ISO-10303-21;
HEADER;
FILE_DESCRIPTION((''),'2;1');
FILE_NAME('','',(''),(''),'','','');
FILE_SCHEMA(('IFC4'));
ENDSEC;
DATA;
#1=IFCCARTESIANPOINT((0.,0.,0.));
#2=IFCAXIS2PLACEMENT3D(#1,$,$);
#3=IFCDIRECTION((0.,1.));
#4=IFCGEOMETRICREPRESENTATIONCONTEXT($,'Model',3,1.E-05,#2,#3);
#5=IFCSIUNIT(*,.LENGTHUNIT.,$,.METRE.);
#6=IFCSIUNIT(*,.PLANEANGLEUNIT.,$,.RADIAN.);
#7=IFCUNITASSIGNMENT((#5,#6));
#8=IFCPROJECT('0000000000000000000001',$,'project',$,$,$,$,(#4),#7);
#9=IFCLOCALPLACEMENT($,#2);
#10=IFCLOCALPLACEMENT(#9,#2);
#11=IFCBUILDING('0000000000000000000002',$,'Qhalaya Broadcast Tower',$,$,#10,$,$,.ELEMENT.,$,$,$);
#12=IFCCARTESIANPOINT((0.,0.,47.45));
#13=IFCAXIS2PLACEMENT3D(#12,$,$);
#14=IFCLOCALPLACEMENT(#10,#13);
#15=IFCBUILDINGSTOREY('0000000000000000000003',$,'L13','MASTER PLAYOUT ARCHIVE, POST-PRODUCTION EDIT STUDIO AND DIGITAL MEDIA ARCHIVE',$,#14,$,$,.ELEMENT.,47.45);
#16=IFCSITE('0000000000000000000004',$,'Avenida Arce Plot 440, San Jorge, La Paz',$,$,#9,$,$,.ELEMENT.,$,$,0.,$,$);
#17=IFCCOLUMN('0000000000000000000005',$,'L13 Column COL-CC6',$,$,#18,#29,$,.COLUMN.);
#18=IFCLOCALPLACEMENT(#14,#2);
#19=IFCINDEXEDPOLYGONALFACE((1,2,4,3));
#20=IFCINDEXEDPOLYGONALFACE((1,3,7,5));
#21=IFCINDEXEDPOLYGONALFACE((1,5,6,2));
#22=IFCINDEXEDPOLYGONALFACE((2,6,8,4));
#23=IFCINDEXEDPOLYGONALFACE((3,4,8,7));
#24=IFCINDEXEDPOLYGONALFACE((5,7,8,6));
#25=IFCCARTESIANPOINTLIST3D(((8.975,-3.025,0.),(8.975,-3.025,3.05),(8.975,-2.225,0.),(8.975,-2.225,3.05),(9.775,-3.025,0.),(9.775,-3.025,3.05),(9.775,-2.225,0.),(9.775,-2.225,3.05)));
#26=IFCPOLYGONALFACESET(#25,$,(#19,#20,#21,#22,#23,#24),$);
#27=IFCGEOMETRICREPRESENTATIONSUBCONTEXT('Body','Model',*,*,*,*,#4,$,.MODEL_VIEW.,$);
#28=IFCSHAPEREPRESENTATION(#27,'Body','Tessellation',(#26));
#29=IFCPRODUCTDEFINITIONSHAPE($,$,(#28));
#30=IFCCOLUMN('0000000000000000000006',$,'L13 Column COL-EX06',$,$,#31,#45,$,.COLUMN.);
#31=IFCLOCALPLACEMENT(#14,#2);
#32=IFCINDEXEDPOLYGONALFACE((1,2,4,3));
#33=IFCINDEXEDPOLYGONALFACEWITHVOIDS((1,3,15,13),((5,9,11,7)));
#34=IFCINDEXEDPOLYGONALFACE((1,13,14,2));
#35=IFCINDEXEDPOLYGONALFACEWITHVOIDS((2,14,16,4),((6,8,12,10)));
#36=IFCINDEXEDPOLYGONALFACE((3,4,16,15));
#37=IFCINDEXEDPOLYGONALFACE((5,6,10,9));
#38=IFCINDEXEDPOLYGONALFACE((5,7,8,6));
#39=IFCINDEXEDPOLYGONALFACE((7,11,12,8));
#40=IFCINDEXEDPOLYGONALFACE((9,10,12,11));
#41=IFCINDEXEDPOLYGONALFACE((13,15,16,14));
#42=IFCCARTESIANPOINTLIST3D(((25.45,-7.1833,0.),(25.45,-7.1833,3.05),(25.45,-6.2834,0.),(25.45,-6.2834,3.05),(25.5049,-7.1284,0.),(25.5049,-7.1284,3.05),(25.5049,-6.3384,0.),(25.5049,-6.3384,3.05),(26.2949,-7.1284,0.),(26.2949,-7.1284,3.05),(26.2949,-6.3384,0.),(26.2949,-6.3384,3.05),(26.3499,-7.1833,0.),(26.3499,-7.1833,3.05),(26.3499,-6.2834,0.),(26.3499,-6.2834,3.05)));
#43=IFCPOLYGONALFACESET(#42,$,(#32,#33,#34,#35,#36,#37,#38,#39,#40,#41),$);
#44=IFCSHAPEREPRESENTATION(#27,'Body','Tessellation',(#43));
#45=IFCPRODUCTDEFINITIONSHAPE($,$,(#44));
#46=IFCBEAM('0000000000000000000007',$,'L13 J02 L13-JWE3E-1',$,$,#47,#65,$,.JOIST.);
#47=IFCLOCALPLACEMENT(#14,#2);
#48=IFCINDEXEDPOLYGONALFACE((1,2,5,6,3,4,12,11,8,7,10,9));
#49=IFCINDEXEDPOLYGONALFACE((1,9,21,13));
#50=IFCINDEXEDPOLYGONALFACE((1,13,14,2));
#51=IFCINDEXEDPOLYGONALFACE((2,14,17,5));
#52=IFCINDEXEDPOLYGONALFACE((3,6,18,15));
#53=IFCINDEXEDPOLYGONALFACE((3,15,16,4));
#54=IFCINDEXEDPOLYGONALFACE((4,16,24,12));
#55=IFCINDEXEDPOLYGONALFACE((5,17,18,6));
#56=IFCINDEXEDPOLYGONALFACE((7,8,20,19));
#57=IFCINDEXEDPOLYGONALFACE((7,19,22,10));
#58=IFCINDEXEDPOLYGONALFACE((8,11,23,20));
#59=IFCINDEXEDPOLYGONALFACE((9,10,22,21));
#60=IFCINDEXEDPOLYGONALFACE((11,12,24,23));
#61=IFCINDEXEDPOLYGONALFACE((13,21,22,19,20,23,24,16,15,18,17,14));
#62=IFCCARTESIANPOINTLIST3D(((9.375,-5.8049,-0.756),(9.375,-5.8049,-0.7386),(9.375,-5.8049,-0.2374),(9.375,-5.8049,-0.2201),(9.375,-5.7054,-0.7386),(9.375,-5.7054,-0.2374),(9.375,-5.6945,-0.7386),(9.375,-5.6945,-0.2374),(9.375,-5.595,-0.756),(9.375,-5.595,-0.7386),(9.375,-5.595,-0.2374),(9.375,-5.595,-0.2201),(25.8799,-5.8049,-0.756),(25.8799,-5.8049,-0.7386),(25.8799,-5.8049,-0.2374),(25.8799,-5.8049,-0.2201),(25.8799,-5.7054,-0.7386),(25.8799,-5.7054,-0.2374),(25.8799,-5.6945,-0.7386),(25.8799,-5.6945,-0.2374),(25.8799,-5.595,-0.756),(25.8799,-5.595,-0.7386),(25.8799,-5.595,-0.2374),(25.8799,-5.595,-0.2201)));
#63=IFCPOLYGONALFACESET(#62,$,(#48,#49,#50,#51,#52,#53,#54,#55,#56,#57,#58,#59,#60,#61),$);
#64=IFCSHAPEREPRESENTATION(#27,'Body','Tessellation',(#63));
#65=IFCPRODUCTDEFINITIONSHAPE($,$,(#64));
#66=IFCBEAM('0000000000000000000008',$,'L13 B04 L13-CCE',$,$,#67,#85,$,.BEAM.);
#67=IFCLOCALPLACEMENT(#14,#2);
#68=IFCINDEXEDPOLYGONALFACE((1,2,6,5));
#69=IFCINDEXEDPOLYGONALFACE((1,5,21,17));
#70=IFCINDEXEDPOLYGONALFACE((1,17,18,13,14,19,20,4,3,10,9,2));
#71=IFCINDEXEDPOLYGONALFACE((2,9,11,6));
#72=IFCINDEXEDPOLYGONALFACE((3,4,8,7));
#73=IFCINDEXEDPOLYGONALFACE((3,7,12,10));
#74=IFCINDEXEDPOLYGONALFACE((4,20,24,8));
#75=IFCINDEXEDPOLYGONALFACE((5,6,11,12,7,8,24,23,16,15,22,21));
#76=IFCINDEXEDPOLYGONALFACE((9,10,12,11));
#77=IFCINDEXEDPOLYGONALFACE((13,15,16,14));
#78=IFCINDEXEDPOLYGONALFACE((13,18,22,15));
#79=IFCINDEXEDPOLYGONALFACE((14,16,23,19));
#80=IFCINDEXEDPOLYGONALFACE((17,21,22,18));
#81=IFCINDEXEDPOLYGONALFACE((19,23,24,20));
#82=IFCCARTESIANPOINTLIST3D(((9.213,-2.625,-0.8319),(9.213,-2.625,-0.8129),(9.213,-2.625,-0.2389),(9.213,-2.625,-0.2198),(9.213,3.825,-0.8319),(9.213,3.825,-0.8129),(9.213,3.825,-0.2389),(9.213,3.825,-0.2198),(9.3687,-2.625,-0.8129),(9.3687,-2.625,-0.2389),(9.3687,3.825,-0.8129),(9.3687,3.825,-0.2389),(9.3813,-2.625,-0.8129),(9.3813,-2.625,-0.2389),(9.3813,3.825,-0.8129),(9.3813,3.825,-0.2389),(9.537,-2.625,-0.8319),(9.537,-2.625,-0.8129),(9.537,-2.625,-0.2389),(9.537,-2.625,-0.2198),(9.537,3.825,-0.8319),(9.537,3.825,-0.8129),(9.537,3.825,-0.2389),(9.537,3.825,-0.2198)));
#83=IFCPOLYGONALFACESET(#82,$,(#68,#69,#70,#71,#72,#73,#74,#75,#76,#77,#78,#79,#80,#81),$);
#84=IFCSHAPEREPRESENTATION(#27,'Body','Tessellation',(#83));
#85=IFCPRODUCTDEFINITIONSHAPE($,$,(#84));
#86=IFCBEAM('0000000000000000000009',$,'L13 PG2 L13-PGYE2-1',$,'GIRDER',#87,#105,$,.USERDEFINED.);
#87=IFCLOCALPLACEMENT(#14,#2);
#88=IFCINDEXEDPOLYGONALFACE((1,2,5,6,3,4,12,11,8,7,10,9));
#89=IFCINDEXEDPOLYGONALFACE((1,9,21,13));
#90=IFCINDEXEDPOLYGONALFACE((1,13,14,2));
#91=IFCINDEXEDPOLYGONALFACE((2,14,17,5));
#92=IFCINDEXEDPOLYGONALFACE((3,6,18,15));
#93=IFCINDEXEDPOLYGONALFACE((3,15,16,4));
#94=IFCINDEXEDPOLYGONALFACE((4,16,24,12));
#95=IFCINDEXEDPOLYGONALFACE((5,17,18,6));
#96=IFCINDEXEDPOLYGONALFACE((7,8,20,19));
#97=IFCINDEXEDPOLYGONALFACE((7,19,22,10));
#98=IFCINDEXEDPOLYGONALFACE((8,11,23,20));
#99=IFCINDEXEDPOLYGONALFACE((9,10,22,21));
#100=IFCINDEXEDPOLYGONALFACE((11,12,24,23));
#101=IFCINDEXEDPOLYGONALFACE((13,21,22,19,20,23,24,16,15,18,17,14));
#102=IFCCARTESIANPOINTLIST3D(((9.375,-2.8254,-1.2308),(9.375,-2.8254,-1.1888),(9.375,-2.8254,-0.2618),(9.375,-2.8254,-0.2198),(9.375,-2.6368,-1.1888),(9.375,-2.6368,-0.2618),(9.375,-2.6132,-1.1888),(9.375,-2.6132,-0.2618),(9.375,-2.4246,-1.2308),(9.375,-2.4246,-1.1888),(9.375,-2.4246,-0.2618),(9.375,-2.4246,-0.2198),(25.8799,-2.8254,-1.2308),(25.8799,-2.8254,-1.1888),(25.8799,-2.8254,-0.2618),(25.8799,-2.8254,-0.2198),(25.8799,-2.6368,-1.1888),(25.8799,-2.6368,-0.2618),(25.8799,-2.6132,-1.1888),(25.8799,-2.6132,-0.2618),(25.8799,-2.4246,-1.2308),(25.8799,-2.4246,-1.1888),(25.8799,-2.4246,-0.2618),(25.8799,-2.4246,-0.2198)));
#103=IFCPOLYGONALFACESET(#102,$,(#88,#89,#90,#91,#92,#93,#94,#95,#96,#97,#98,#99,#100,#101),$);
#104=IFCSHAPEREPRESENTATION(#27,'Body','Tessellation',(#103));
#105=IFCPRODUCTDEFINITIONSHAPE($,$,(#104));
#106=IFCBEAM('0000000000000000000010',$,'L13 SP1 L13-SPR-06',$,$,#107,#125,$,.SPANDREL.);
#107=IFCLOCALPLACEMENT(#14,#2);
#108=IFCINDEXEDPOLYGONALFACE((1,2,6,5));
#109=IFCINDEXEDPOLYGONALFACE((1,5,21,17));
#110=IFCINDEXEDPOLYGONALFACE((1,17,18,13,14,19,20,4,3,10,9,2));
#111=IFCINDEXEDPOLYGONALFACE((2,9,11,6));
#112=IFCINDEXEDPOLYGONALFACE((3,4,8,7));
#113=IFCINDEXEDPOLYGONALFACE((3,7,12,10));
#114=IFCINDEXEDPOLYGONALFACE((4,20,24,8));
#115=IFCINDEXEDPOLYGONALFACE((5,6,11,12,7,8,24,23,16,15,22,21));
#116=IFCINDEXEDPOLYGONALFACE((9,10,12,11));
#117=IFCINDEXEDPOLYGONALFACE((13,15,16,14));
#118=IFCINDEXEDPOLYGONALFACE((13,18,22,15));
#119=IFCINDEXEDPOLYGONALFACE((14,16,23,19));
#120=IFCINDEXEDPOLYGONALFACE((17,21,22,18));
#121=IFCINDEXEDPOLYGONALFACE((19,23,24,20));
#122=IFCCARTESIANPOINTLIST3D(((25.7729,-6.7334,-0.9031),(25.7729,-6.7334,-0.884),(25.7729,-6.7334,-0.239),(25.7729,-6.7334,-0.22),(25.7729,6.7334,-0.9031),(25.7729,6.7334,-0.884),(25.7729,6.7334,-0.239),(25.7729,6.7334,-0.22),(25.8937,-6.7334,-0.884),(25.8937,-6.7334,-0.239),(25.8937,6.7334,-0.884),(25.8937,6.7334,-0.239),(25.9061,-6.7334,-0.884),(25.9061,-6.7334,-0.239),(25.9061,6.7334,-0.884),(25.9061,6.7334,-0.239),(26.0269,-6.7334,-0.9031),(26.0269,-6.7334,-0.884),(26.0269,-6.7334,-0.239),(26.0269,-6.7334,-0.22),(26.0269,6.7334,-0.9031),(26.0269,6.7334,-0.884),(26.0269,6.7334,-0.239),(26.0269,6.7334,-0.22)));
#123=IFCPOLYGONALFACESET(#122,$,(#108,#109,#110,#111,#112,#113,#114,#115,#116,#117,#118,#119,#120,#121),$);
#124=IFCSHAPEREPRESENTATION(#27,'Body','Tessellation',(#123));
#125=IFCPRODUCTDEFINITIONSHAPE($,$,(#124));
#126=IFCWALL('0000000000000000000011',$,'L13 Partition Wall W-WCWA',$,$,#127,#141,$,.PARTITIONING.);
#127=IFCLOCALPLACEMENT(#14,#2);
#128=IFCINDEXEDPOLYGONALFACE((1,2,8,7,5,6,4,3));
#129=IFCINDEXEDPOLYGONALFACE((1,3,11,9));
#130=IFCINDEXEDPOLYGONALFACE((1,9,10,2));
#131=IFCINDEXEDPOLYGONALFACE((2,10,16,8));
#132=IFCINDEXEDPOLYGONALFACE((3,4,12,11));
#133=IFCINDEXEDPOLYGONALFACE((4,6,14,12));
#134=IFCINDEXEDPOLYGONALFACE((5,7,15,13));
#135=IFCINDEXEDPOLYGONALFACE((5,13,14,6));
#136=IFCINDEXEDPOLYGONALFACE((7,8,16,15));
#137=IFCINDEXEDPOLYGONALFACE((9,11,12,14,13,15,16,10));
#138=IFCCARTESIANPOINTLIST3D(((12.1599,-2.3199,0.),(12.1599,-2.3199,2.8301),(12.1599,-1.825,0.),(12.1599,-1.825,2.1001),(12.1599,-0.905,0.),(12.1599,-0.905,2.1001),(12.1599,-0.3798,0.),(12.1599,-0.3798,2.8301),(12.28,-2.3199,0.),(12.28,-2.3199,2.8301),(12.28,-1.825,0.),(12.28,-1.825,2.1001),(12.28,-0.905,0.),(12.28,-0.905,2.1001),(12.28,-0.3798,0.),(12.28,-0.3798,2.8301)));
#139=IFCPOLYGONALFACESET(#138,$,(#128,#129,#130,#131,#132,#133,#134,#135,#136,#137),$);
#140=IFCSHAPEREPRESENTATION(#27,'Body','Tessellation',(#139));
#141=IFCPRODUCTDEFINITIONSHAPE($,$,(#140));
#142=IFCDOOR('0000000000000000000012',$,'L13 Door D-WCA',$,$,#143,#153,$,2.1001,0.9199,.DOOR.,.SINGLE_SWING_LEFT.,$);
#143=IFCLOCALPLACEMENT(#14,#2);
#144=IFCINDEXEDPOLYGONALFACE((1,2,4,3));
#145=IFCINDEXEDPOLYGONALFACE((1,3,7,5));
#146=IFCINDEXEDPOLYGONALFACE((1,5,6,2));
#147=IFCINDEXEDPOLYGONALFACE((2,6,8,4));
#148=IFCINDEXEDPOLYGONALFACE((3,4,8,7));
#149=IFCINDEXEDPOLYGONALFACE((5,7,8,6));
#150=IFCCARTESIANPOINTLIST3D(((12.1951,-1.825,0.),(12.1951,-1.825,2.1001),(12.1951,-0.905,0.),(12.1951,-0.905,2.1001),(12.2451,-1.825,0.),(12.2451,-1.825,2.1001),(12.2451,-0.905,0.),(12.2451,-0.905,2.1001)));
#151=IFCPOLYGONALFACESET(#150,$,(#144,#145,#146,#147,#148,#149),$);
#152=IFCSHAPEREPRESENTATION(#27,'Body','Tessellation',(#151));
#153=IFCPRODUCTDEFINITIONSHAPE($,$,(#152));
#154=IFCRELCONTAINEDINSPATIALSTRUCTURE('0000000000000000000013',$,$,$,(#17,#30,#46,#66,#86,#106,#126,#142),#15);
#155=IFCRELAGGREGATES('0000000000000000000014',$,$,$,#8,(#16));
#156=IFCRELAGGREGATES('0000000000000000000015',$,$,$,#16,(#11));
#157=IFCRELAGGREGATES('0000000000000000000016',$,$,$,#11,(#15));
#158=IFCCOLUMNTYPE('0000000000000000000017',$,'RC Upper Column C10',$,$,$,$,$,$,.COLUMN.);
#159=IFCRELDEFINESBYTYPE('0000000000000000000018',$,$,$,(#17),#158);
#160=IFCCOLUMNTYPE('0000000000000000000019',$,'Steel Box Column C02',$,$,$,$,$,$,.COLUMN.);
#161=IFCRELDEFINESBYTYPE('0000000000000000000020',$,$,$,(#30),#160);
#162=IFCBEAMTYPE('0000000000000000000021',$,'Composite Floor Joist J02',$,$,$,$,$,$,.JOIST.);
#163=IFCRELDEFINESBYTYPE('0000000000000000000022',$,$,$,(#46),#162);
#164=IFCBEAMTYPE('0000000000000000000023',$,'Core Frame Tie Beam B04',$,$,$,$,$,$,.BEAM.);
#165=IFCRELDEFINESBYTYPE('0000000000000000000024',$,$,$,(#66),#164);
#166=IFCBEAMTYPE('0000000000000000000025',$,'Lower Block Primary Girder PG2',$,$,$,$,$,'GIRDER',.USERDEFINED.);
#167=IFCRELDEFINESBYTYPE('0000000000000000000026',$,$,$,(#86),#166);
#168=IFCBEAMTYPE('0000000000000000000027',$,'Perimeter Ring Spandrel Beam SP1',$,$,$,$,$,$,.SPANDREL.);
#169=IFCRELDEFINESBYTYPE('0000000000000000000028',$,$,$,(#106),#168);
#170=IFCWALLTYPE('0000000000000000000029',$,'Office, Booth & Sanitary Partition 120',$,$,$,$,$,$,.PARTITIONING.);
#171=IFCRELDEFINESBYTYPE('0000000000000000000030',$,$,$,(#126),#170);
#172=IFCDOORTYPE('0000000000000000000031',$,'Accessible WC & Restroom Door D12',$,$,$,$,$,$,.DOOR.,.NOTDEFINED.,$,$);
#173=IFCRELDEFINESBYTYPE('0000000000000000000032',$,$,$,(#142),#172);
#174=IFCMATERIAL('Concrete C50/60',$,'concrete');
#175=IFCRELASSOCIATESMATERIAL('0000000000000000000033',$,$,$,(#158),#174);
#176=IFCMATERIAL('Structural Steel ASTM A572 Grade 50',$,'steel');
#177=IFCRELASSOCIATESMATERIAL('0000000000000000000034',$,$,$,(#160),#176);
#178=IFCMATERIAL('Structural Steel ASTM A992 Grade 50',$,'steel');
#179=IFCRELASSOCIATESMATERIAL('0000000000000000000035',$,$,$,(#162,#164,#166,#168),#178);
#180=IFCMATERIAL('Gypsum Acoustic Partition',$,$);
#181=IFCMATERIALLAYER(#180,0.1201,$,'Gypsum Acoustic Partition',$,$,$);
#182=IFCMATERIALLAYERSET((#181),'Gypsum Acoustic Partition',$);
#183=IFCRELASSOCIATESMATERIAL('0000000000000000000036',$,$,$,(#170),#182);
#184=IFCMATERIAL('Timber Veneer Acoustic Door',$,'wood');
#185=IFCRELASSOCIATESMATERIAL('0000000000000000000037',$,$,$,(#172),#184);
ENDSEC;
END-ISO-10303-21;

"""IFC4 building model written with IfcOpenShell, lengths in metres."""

from ifc_helpers import new_model, si_unit, direction, frame, frame_2d, origin, origin_2d, place, context, subcontext, project, spatial, rectangle, hollow_rectangle, i_section, extrude, material, layer, layer_set, material_profile, profile_set, type_object, element, fill, save


model = new_model("IFC4")

# Units and contexts
model_context = context("Model", 3, precision=1e-05, world=origin(), true_north=direction((0.0, 1.0)))
body_context = subcontext(model_context, "Body", "Model", "MODEL_VIEW")
ifc_project = project(units=[si_unit("LENGTHUNIT", "METRE"), si_unit("PLANEANGLEUNIT", "RADIAN")], contexts=[model_context])

# Site, building, storey
site_placement = place(None, origin())
site = spatial("IfcSite", under=ifc_project, at=site_placement, Name="Avenida Arce Plot 440, San Jorge, La Paz", CompositionType="ELEMENT", RefElevation=0.0)
building_placement = place(site_placement, origin())
building = spatial("IfcBuilding", under=site, at=building_placement, Name="Qhalaya Broadcast Tower", CompositionType="ELEMENT")
storey_placement = place(building_placement, frame((0.0, 0.0, 47.45)))
storey = spatial("IfcBuildingStorey", under=building, at=storey_placement, Name="L13", Description="MASTER PLAYOUT ARCHIVE, POST-PRODUCTION EDIT STUDIO AND DIGITAL MEDIA ARCHIVE", CompositionType="ELEMENT", Elevation=47.45)

# Columns
ifc_material_1 = material(Name="Concrete C50/60", Category="concrete")
ifc_material_profile_1 = material_profile(ifc_material_1, rectangle(XDim=0.8, YDim=0.8, at=origin_2d()), Name="RC-COL 800x800")
ifc_profile_set_1 = profile_set([ifc_material_profile_1], Name="Concrete C50/60")
column_type_1 = type_object("IfcColumnType", Name="RC Upper Column C10", PredefinedType="COLUMN", material=ifc_profile_set_1)
column_1_placement = place(storey_placement, frame((9.375, -2.625, 0.0), z_axis=(0.0, 0.0, 1.0), x_axis=(1.0, 0.0, 0.0)))
element("IfcColumn", 1, at=column_1_placement, inside=storey, type_object=column_type_1, Name="L13 Column COL-CC6", PredefinedType="COLUMN", context=body_context, shape_type="SweptSolid", body=[
    extrude(rectangle(XDim=0.8, YDim=0.8, at=origin_2d()), origin(), (0.0, 0.0, 1.0), 3.05),
])
ifc_material_2 = material(Name="Structural Steel ASTM A572 Grade 50", Category="steel")
ifc_material_profile_2 = material_profile(ifc_material_2, hollow_rectangle(XDim=0.8999, YDim=0.8999, WallThickness=0.0549, at=origin_2d()), Name="BOX 900x900x55")
ifc_profile_set_2 = profile_set([ifc_material_profile_2], Name="Structural Steel ASTM A572 Grade 50")
column_type_2 = type_object("IfcColumnType", Name="Steel Box Column C02", PredefinedType="COLUMN", material=ifc_profile_set_2)
column_2_placement = place(storey_placement, frame((25.8999, -6.7334, 0.0), z_axis=(0.0, 0.0, 1.0), x_axis=(0.0, 1.0, 0.0)))
element("IfcColumn", 2, at=column_2_placement, inside=storey, type_object=column_type_2, Name="L13 Column COL-EX06", PredefinedType="COLUMN", context=body_context, shape_type="SweptSolid", body=[
    extrude(hollow_rectangle(XDim=0.8999, YDim=0.8999, WallThickness=0.0549, at=origin_2d()), origin(), (0.0, 0.0, 1.0), 3.05),
])

# Beams
ifc_material_3 = material(Name="Structural Steel ASTM A992 Grade 50", Category="steel")
ifc_material_profile_3 = material_profile(ifc_material_3, i_section(OverallWidth=0.21, OverallDepth=0.5359, WebThickness=0.011, FlangeThickness=0.0173, at=origin_2d()), Name="W21X68")
ifc_profile_set_3 = profile_set([ifc_material_profile_3], Name="Structural Steel ASTM A992 Grade 50")
beam_type_1 = type_object("IfcBeamType", Name="Composite Floor Joist J02", PredefinedType="JOIST", material=ifc_profile_set_3)
beam_1_placement = place(storey_placement, frame((9.375, -5.7, -0.488), z_axis=(1.0, 0.0, 0.0), x_axis=(0.0, 1.0, 0.0)))
element("IfcBeam", 3, at=beam_1_placement, inside=storey, type_object=beam_type_1, Name="L13 J02 L13-JWE3E-1", PredefinedType="JOIST", context=body_context, shape_type="SweptSolid", body=[
    extrude(i_section(OverallWidth=0.21, OverallDepth=0.5359, WebThickness=0.011, FlangeThickness=0.0173, at=origin_2d()), origin(), (0.0, 0.0, 1.0), 16.5049),
])
ifc_material_profile_4 = material_profile(ifc_material_3, i_section(OverallWidth=0.324, OverallDepth=0.6121, WebThickness=0.0127, FlangeThickness=0.019, at=origin_2d()), Name="W24X104")
ifc_profile_set_4 = profile_set([ifc_material_profile_4], Name="Structural Steel ASTM A992 Grade 50")
beam_type_2 = type_object("IfcBeamType", Name="Core Frame Tie Beam B04", PredefinedType="BEAM", material=ifc_profile_set_4)
beam_2_placement = place(storey_placement, frame((9.375, -2.625, -0.5259), z_axis=(0.0, 1.0, 0.0), x_axis=(-1.0, 0.0, 0.0)))
element("IfcBeam", 4, at=beam_2_placement, inside=storey, type_object=beam_type_2, Name="L13 B04 L13-CCE", PredefinedType="BEAM", context=body_context, shape_type="SweptSolid", body=[
    extrude(i_section(OverallWidth=0.324, OverallDepth=0.6121, WebThickness=0.0127, FlangeThickness=0.019, at=origin_2d()), origin(), (0.0, 0.0, 1.0), 6.45),
])
ifc_material_profile_5 = material_profile(ifc_material_3, i_section(OverallWidth=0.4009, OverallDepth=1.011, WebThickness=0.0237, FlangeThickness=0.042, at=origin_2d()), Name="W40X297")
ifc_profile_set_5 = profile_set([ifc_material_profile_5], Name="Structural Steel ASTM A992 Grade 50")
beam_type_3 = type_object("IfcBeamType", Name="Lower Block Primary Girder PG2", ElementType="GIRDER", PredefinedType="USERDEFINED", material=ifc_profile_set_5)
beam_3_placement = place(storey_placement, frame((9.375, -2.625, -0.7253), z_axis=(1.0, 0.0, 0.0), x_axis=(0.0, 1.0, 0.0)))
element("IfcBeam", 5, at=beam_3_placement, inside=storey, type_object=beam_type_3, Name="L13 PG2 L13-PGYE2-1", ObjectType="GIRDER", PredefinedType="USERDEFINED", context=body_context, shape_type="SweptSolid", body=[
    extrude(i_section(OverallWidth=0.4009, OverallDepth=1.011, WebThickness=0.0237, FlangeThickness=0.042, at=origin_2d()), origin(), (0.0, 0.0, 1.0), 16.5049),
])
ifc_material_profile_6 = material_profile(ifc_material_3, i_section(OverallWidth=0.2539, OverallDepth=0.6831, WebThickness=0.0125, FlangeThickness=0.019, at=origin_2d()), Name="W27X94")
ifc_profile_set_6 = profile_set([ifc_material_profile_6], Name="Structural Steel ASTM A992 Grade 50")
beam_type_4 = type_object("IfcBeamType", Name="Perimeter Ring Spandrel Beam SP1", PredefinedType="SPANDREL", material=ifc_profile_set_6)
beam_4_placement = place(storey_placement, frame((25.8999, -6.7334, -0.5615), z_axis=(0.0, 1.0, 0.0), x_axis=(-1.0, 0.0, 0.0)))
element("IfcBeam", 6, at=beam_4_placement, inside=storey, type_object=beam_type_4, Name="L13 SP1 L13-SPR-06", PredefinedType="SPANDREL", context=body_context, shape_type="SweptSolid", body=[
    extrude(i_section(OverallWidth=0.2539, OverallDepth=0.6831, WebThickness=0.0125, FlangeThickness=0.019, at=origin_2d()), origin(), (0.0, 0.0, 1.0), 13.4668),
])

# Wall, opening, door
ifc_material_4 = material(Name="Gypsum Acoustic Partition")
ifc_layer = layer(ifc_material_4, 0.1201, Name="Gypsum Acoustic Partition")
ifc_layer_set = layer_set([ifc_layer], Name="Gypsum Acoustic Partition")
wall_type = type_object("IfcWallType", Name="Office, Booth & Sanitary Partition 120", PredefinedType="PARTITIONING", material=ifc_layer_set)
wall_1_placement = place(storey_placement, frame((12.22, -2.3201, 0.0), z_axis=(0.0, 0.0, 1.0), x_axis=(0.0, 1.0, 0.0)))
wall_1 = element("IfcWall", 7, at=wall_1_placement, inside=storey, type_object=wall_type, Name="L13 Partition Wall W-WCWA", PredefinedType="PARTITIONING", context=body_context, shape_type="SweptSolid", body=[
    extrude(rectangle(XDim=1.9402, YDim=0.1201, at=frame_2d((0.9702, 0.0))), origin(), (0.0, 0.0, 1.0), 2.8301),
])
opening_1_placement = place(wall_1_placement, frame((0.4951, 0.0, 0.0)))
opening_1 = element("IfcOpeningElement", 8, at=opening_1_placement, cuts=wall_1, PredefinedType="OPENING", context=body_context, shape_type="SweptSolid", body=[
    extrude(rectangle(XDim=0.9199, YDim=2.1001, at=frame_2d((0.46, 1.05))), frame((0.0, 0.072, 0.0), z_axis=(0.0, -1.0, 0.0), x_axis=(1.0, 0.0, 0.0)), (0.0, 0.0, 1.0), 0.144),
])
ifc_material_5 = material(Name="Timber Veneer Acoustic Door", Category="wood")
door_type = type_object("IfcDoorType", Name="Accessible WC & Restroom Door D12", OperationType="NOTDEFINED", PredefinedType="DOOR", material=ifc_material_5)
door_1_placement = place(opening_1_placement, origin())
door_1 = element("IfcDoor", 9, at=door_1_placement, inside=storey, type_object=door_type, Name="L13 Door D-WCA", OperationType="SINGLE_SWING_LEFT", OverallHeight=2.1001, OverallWidth=0.9199, PredefinedType="DOOR", context=body_context, shape_type="SweptSolid", body=[
    extrude(rectangle(XDim=0.9199, YDim=2.1001, at=frame_2d((0.46, 1.05))), frame((0.0, 0.0249, 0.0), z_axis=(0.0, -1.0, 0.0), x_axis=(1.0, 0.0, 0.0)), (0.0, 0.0, 1.0), 0.05),
])
fill(opening_1, door_1)

save(model, "model.ifc")
